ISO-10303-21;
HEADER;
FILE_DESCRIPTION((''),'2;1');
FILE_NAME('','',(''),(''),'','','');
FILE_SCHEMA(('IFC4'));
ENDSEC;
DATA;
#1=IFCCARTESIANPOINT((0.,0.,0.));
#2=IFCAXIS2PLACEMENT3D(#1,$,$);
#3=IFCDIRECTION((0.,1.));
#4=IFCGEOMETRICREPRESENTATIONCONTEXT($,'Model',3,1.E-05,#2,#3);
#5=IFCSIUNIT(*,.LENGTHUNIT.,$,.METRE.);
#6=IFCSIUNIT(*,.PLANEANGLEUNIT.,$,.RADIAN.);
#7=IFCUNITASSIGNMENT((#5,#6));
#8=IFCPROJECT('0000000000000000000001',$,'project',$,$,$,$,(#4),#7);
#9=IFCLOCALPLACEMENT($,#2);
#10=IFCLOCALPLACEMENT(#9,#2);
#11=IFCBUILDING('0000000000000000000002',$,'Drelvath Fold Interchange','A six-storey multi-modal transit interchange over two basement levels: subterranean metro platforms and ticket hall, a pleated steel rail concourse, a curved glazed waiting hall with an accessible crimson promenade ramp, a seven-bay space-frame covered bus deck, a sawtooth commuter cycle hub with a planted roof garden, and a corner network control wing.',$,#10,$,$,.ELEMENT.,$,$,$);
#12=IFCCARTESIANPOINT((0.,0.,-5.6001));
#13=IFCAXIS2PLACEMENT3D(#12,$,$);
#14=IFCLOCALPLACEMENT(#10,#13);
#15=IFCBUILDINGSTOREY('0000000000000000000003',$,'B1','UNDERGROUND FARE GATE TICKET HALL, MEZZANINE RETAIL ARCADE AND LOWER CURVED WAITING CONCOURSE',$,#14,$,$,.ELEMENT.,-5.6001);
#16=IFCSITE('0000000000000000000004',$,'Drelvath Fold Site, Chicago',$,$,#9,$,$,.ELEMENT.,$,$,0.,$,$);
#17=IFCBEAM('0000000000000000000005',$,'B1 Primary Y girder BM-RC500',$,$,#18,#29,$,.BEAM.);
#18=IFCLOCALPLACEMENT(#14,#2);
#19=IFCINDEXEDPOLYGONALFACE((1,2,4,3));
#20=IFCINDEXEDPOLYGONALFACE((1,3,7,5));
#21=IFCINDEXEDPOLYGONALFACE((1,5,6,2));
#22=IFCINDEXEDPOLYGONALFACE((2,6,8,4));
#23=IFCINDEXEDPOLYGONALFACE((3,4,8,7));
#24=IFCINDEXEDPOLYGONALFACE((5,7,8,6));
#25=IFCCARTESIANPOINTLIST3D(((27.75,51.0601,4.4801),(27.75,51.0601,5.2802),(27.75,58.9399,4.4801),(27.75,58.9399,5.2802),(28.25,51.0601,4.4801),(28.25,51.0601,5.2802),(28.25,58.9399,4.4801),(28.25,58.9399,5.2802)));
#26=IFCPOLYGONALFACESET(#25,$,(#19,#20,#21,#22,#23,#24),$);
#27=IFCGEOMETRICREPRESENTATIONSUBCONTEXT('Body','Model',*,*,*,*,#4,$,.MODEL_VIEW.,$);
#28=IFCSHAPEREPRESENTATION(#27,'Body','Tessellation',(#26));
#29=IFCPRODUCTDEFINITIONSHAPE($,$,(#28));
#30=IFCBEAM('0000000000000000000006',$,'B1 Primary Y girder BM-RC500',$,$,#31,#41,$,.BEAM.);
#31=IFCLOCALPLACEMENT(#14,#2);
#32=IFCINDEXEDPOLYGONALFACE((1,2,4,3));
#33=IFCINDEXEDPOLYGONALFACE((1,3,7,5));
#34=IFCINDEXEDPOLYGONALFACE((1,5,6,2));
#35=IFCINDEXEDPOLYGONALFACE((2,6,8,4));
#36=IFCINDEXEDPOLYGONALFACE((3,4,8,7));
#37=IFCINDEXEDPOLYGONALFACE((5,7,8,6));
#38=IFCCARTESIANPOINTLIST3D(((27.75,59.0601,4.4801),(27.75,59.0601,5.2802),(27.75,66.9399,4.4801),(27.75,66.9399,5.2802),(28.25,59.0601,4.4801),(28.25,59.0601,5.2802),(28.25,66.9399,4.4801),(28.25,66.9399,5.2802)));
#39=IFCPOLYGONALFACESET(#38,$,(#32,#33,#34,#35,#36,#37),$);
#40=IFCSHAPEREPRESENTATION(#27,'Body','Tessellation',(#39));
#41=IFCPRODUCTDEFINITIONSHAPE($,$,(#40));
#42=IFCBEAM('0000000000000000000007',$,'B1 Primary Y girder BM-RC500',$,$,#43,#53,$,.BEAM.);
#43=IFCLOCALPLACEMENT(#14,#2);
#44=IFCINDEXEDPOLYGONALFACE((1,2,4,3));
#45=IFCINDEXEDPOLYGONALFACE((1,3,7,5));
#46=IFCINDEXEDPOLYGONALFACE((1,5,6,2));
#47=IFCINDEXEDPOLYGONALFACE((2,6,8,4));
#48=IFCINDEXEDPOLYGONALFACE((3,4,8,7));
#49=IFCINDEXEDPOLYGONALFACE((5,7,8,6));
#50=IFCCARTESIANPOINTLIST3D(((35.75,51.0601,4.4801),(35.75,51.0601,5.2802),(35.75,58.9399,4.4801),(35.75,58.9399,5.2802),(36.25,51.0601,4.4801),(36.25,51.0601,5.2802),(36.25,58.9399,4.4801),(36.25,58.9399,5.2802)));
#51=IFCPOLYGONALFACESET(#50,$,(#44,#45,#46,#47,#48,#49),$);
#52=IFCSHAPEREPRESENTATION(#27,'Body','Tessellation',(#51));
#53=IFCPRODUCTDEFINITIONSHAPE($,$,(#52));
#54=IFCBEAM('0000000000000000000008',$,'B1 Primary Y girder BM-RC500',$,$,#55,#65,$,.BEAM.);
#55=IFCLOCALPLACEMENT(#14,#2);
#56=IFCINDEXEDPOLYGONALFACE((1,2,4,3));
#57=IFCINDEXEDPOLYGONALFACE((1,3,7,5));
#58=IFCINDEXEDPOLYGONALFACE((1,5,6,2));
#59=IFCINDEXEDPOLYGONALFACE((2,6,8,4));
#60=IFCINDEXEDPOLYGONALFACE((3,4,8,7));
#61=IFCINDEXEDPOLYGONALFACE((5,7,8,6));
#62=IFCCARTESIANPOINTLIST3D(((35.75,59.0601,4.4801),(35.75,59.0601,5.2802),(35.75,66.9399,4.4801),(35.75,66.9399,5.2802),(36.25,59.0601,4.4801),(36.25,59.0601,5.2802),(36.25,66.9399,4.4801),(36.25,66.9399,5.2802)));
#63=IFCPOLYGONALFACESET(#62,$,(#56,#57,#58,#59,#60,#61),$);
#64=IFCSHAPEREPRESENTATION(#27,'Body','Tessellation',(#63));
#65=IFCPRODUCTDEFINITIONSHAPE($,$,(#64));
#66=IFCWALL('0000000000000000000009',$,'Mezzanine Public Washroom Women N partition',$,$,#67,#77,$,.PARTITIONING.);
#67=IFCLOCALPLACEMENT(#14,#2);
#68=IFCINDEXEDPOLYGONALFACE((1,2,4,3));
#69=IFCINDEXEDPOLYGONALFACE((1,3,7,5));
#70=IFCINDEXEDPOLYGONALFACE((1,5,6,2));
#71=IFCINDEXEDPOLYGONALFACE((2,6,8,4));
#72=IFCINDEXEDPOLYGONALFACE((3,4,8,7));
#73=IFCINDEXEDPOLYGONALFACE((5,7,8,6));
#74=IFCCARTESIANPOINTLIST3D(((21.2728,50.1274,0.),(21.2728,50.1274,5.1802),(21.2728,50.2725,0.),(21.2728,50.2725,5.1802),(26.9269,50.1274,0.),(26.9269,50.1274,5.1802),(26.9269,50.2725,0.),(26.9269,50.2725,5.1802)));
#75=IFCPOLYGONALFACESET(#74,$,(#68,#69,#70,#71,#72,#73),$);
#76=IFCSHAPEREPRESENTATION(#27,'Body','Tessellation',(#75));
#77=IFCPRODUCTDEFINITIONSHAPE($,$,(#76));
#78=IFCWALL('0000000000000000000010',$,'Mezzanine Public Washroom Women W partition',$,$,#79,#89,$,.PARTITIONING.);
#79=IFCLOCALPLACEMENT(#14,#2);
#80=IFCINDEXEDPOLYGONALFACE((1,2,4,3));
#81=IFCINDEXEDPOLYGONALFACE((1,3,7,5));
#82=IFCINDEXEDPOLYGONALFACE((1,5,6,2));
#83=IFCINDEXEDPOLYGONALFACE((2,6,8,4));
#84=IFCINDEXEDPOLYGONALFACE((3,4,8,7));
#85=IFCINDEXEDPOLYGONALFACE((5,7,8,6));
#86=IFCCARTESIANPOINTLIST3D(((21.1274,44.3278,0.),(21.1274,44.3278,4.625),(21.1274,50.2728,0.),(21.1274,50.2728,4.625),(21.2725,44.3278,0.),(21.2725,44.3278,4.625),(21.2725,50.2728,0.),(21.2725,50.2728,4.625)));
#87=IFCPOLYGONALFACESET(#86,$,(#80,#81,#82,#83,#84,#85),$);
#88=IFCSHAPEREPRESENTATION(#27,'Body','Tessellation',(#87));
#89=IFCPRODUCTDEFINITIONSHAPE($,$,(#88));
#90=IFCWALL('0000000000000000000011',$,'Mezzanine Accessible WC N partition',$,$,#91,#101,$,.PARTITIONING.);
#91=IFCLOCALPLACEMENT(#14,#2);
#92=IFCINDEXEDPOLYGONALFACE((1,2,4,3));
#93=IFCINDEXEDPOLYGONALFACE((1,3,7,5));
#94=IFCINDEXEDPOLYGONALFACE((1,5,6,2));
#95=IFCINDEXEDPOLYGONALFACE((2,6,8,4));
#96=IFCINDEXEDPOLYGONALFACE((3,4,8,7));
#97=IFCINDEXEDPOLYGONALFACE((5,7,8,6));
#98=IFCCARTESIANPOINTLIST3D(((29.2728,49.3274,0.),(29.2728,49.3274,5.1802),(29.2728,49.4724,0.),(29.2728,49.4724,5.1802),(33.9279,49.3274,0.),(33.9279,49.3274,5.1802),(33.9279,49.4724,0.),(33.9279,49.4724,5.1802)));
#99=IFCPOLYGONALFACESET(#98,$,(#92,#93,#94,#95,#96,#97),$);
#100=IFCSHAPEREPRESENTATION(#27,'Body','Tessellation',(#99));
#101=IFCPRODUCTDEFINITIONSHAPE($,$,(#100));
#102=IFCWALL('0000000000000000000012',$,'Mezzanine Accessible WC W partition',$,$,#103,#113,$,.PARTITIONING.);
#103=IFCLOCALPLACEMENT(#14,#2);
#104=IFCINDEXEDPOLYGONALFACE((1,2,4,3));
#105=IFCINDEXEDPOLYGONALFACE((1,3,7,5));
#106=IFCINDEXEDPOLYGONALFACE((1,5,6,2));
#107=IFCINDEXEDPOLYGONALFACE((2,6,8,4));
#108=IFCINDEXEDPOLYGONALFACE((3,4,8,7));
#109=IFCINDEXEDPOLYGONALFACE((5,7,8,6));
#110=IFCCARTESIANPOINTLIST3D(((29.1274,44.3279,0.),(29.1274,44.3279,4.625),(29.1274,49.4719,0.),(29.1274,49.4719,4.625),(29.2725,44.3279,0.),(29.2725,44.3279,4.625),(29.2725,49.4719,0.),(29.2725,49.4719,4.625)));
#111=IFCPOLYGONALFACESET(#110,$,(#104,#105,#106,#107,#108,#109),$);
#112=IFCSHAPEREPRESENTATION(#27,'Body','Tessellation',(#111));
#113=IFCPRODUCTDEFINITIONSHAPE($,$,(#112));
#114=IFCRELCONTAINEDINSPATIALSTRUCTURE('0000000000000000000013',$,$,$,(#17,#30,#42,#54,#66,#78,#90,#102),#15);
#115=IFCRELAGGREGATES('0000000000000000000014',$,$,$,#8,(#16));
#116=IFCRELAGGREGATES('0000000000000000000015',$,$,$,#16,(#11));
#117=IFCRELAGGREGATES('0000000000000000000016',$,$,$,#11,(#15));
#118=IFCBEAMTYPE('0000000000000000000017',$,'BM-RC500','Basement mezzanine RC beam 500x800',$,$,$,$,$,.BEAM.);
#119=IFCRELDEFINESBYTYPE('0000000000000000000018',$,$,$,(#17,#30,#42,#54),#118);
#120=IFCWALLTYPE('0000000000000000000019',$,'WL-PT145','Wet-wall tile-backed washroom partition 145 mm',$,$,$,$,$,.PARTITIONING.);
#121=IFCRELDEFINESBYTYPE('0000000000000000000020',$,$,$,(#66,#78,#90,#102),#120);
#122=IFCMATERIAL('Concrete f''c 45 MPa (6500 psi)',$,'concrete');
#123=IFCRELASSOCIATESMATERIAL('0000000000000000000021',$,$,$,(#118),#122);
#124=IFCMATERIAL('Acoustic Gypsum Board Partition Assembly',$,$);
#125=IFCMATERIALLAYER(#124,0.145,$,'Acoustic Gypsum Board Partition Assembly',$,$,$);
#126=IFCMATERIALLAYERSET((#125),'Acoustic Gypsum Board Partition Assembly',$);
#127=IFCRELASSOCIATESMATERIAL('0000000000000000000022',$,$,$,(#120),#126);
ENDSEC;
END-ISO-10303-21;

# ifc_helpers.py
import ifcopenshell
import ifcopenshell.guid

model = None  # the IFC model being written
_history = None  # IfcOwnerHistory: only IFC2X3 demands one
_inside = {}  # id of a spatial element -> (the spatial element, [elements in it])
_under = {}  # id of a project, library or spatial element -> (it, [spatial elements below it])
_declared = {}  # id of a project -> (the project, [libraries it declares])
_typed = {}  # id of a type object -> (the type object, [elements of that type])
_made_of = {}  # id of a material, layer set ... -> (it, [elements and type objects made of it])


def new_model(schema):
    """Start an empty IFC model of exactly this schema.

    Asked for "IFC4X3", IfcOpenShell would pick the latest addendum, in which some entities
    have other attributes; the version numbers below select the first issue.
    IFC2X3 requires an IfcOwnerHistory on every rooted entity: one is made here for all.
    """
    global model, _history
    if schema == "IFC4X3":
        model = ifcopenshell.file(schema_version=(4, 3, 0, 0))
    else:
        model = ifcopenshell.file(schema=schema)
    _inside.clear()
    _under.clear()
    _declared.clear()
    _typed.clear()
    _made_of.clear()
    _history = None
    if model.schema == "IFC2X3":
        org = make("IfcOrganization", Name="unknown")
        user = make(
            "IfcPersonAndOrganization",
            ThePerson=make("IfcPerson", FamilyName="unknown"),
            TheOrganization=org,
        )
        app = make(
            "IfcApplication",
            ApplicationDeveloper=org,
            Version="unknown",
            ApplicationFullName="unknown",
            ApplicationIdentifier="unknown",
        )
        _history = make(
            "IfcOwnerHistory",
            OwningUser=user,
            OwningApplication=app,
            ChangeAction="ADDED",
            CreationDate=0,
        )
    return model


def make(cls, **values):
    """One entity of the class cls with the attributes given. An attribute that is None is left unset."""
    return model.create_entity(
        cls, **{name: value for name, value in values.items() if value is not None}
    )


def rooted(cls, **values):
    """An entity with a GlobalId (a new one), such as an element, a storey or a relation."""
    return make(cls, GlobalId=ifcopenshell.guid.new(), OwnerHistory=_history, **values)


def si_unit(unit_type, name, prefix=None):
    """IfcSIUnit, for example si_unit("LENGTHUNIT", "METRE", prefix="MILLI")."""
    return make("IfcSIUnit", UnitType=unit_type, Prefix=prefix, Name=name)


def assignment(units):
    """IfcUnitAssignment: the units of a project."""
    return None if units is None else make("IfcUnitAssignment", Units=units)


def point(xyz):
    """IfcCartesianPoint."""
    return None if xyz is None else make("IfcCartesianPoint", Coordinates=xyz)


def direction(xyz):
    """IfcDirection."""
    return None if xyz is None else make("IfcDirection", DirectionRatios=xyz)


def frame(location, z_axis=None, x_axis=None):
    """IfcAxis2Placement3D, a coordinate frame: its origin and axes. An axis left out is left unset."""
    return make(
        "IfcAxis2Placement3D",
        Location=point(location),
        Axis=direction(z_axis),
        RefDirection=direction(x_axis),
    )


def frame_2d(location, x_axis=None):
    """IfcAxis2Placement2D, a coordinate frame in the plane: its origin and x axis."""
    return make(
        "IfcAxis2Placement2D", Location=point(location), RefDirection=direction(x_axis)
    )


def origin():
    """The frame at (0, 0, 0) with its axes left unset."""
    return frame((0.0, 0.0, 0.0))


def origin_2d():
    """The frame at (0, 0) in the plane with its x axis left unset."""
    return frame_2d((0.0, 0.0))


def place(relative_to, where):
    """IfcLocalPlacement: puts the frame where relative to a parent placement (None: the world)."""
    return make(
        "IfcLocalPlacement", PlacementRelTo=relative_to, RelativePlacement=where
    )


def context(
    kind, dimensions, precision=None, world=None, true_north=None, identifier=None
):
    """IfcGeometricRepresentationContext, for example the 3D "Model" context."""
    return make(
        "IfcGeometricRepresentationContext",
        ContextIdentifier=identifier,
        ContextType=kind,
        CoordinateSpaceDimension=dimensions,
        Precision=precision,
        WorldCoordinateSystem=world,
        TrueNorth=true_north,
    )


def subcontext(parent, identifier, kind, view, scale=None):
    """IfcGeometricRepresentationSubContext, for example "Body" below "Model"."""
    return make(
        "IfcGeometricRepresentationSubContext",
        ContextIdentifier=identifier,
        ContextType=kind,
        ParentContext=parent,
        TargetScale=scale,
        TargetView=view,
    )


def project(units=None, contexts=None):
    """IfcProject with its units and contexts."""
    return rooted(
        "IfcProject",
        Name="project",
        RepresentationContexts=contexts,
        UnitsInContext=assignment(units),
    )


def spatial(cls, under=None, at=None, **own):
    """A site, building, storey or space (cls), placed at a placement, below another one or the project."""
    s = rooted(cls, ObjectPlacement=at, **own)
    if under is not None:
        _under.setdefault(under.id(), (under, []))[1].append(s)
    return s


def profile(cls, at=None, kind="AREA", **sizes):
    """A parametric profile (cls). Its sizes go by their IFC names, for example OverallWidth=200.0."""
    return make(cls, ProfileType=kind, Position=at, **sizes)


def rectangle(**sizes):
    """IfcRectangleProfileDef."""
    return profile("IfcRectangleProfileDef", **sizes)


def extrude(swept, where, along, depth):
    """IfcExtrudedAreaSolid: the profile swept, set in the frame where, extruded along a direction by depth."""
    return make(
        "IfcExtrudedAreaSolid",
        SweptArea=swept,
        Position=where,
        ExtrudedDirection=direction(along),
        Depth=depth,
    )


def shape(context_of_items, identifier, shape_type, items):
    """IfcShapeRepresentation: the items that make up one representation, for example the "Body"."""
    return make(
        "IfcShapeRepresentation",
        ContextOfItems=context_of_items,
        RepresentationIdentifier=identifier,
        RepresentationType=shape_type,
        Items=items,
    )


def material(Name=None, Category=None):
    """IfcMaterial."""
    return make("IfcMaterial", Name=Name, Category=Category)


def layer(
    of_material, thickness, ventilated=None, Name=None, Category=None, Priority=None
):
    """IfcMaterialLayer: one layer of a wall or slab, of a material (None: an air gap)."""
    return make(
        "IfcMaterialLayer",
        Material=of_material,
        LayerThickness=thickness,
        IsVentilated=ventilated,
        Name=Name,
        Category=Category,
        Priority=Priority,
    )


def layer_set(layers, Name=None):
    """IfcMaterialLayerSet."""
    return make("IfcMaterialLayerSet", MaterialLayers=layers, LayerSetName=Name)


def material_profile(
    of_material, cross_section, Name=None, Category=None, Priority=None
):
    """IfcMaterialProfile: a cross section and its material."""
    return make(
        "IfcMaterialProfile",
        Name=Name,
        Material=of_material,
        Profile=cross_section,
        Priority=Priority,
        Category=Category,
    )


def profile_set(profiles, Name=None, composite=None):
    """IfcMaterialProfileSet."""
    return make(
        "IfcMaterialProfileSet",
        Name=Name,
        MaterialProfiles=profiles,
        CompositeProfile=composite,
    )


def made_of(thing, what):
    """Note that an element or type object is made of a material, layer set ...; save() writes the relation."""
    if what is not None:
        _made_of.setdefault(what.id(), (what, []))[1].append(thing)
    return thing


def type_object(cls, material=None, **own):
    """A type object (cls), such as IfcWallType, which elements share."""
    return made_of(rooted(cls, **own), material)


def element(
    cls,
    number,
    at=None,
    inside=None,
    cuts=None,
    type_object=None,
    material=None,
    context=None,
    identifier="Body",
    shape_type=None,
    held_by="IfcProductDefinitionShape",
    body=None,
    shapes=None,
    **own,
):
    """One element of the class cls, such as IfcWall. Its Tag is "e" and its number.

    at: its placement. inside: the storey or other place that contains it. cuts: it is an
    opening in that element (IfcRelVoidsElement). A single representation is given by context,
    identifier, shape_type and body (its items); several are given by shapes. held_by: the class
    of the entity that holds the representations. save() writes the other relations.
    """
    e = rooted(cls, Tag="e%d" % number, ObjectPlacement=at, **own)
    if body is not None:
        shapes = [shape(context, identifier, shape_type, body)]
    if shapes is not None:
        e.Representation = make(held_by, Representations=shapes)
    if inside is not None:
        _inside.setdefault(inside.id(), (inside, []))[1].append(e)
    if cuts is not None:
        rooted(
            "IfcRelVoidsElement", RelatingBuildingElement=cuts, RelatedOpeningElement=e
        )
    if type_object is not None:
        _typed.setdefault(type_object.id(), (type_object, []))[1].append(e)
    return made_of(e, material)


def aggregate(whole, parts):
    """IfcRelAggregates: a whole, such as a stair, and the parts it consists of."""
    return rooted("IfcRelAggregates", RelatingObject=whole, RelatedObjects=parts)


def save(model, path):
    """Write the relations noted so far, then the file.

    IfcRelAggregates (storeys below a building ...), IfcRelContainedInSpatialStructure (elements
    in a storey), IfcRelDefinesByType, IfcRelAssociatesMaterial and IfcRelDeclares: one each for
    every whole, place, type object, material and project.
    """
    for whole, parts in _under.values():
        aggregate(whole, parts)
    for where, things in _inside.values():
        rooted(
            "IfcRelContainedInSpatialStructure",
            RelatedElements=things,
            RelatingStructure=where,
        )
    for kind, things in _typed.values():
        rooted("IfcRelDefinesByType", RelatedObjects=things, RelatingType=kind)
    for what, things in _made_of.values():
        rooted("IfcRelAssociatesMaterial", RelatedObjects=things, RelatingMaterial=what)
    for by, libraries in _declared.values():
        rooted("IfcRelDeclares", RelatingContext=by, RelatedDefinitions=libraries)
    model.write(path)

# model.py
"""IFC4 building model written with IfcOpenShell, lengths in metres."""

from ifc_helpers import new_model, si_unit, direction, frame, frame_2d, origin, origin_2d, place, context, subcontext, project, spatial, rectangle, extrude, material, layer, layer_set, material_profile, profile_set, type_object, element, save


model = new_model("IFC4")

# Units and contexts
model_context = context("Model", 3, precision=1e-05, world=origin(), true_north=direction((0.0, 1.0)))
body_context = subcontext(model_context, "Body", "Model", "MODEL_VIEW")
ifc_project = project(units=[si_unit("LENGTHUNIT", "METRE"), si_unit("PLANEANGLEUNIT", "RADIAN")], contexts=[model_context])

# Site, building, storey
site_placement = place(None, origin())
site = spatial("IfcSite", under=ifc_project, at=site_placement, Name="Drelvath Fold Site, Chicago", CompositionType="ELEMENT", RefElevation=0.0)
building_placement = place(site_placement, origin())
building = spatial("IfcBuilding", under=site, at=building_placement, Name="Drelvath Fold Interchange", Description="A six-storey multi-modal transit interchange over two basement levels: subterranean metro platforms and ticket hall, a pleated steel rail concourse, a curved glazed waiting hall with an accessible crimson promenade ramp, a seven-bay space-frame covered bus deck, a sawtooth commuter cycle hub with a planted roof garden, and a corner network control wing.", CompositionType="ELEMENT")
storey_placement = place(building_placement, frame((0.0, 0.0, -5.6001)))
storey = spatial("IfcBuildingStorey", under=building, at=storey_placement, Name="B1", Description="UNDERGROUND FARE GATE TICKET HALL, MEZZANINE RETAIL ARCADE AND LOWER CURVED WAITING CONCOURSE", CompositionType="ELEMENT", Elevation=-5.6001)

# Beams
ifc_material_1 = material(Name="Concrete f'c 45 MPa (6500 psi)", Category="concrete")
ifc_material_profile_1 = material_profile(ifc_material_1, rectangle(XDim=0.5, YDim=0.8, at=origin_2d()), Name="RC 500x800")
ifc_profile_set_1 = profile_set([ifc_material_profile_1], Name="Concrete f'c 45 MPa (6500 psi)")
beam_type_1 = type_object("IfcBeamType", Name="BM-RC500", Description="Basement mezzanine RC beam 500x800", PredefinedType="BEAM", material=ifc_profile_set_1)
for number, where, z_axis, x_axis, name in (
    (1, (28.0, 51.0601, 4.8801), (0.0, 1.0, 0.0), (-1.0, 0.0, 0.0), "B1 Primary Y girder BM-RC500"),
    (2, (28.0, 59.0601, 4.8801), (0.0, 1.0, 0.0), (-1.0, 0.0, 0.0), "B1 Primary Y girder BM-RC500"),
    (3, (36.0, 51.0601, 4.8801), (0.0, 1.0, 0.0), (-1.0, 0.0, 0.0), "B1 Primary Y girder BM-RC500"),
    (4, (36.0, 59.0601, 4.8801), (0.0, 1.0, 0.0), (-1.0, 0.0, 0.0), "B1 Primary Y girder BM-RC500"),
):
    element("IfcBeam", number, at=place(storey_placement, frame(where, z_axis=z_axis, x_axis=x_axis)), inside=storey, type_object=beam_type_1, Name=name, PredefinedType="BEAM", context=body_context, shape_type="SweptSolid", body=[
        extrude(rectangle(XDim=0.5, YDim=0.8, at=origin_2d()), origin(), (0.0, 0.0, 1.0), 7.8799),
    ])

# Walls
ifc_material_2 = material(Name="Acoustic Gypsum Board Partition Assembly")
ifc_layer = layer(ifc_material_2, 0.145, Name="Acoustic Gypsum Board Partition Assembly")
ifc_layer_set = layer_set([ifc_layer], Name="Acoustic Gypsum Board Partition Assembly")
wall_type = type_object("IfcWallType", Name="WL-PT145", Description="Wet-wall tile-backed washroom partition 145 mm", PredefinedType="PARTITIONING", material=ifc_layer_set)
wall_1_placement = place(storey_placement, frame((26.927, 50.2, 0.0), z_axis=(0.0, 0.0, 1.0), x_axis=(-1.0, 0.0, 0.0)))
element("IfcWall", 5, at=wall_1_placement, inside=storey, type_object=wall_type, Name="Mezzanine Public Washroom Women N partition", PredefinedType="PARTITIONING", context=body_context, shape_type="SweptSolid", body=[
    extrude(rectangle(XDim=5.6541, YDim=0.145, at=frame_2d((2.8271, 0.0))), origin(), (0.0, 0.0, 1.0), 5.1802),
])
wall_2_placement = place(storey_placement, frame((21.2, 50.2729, 0.0), z_axis=(0.0, 0.0, 1.0), x_axis=(0.0, -1.0, 0.0)))
element("IfcWall", 6, at=wall_2_placement, inside=storey, type_object=wall_type, Name="Mezzanine Public Washroom Women W partition", PredefinedType="PARTITIONING", context=body_context, shape_type="SweptSolid", body=[
    extrude(rectangle(XDim=5.9451, YDim=0.145, at=frame_2d((2.9727, 0.0))), origin(), (0.0, 0.0, 1.0), 4.625),
])
wall_3_placement = place(storey_placement, frame((33.928, 49.3999, 0.0), z_axis=(0.0, 0.0, 1.0), x_axis=(-1.0, 0.0, 0.0)))
element("IfcWall", 7, at=wall_3_placement, inside=storey, type_object=wall_type, Name="Mezzanine Accessible WC N partition", PredefinedType="PARTITIONING", context=body_context, shape_type="SweptSolid", body=[
    extrude(rectangle(XDim=4.655, YDim=0.145, at=frame_2d((2.3276, 0.0))), origin(), (0.0, 0.0, 1.0), 5.1802),
])
wall_4_placement = place(storey_placement, frame((29.2, 49.4719, 0.0), z_axis=(0.0, 0.0, 1.0), x_axis=(0.0, -1.0, 0.0)))
element("IfcWall", 8, at=wall_4_placement, inside=storey, type_object=wall_type, Name="Mezzanine Accessible WC W partition", PredefinedType="PARTITIONING", context=body_context, shape_type="SweptSolid", body=[
    extrude(rectangle(XDim=5.144, YDim=0.145, at=frame_2d((2.572, 0.0))), origin(), (0.0, 0.0, 1.0), 4.625),
])

save(model, "model.ifc")
